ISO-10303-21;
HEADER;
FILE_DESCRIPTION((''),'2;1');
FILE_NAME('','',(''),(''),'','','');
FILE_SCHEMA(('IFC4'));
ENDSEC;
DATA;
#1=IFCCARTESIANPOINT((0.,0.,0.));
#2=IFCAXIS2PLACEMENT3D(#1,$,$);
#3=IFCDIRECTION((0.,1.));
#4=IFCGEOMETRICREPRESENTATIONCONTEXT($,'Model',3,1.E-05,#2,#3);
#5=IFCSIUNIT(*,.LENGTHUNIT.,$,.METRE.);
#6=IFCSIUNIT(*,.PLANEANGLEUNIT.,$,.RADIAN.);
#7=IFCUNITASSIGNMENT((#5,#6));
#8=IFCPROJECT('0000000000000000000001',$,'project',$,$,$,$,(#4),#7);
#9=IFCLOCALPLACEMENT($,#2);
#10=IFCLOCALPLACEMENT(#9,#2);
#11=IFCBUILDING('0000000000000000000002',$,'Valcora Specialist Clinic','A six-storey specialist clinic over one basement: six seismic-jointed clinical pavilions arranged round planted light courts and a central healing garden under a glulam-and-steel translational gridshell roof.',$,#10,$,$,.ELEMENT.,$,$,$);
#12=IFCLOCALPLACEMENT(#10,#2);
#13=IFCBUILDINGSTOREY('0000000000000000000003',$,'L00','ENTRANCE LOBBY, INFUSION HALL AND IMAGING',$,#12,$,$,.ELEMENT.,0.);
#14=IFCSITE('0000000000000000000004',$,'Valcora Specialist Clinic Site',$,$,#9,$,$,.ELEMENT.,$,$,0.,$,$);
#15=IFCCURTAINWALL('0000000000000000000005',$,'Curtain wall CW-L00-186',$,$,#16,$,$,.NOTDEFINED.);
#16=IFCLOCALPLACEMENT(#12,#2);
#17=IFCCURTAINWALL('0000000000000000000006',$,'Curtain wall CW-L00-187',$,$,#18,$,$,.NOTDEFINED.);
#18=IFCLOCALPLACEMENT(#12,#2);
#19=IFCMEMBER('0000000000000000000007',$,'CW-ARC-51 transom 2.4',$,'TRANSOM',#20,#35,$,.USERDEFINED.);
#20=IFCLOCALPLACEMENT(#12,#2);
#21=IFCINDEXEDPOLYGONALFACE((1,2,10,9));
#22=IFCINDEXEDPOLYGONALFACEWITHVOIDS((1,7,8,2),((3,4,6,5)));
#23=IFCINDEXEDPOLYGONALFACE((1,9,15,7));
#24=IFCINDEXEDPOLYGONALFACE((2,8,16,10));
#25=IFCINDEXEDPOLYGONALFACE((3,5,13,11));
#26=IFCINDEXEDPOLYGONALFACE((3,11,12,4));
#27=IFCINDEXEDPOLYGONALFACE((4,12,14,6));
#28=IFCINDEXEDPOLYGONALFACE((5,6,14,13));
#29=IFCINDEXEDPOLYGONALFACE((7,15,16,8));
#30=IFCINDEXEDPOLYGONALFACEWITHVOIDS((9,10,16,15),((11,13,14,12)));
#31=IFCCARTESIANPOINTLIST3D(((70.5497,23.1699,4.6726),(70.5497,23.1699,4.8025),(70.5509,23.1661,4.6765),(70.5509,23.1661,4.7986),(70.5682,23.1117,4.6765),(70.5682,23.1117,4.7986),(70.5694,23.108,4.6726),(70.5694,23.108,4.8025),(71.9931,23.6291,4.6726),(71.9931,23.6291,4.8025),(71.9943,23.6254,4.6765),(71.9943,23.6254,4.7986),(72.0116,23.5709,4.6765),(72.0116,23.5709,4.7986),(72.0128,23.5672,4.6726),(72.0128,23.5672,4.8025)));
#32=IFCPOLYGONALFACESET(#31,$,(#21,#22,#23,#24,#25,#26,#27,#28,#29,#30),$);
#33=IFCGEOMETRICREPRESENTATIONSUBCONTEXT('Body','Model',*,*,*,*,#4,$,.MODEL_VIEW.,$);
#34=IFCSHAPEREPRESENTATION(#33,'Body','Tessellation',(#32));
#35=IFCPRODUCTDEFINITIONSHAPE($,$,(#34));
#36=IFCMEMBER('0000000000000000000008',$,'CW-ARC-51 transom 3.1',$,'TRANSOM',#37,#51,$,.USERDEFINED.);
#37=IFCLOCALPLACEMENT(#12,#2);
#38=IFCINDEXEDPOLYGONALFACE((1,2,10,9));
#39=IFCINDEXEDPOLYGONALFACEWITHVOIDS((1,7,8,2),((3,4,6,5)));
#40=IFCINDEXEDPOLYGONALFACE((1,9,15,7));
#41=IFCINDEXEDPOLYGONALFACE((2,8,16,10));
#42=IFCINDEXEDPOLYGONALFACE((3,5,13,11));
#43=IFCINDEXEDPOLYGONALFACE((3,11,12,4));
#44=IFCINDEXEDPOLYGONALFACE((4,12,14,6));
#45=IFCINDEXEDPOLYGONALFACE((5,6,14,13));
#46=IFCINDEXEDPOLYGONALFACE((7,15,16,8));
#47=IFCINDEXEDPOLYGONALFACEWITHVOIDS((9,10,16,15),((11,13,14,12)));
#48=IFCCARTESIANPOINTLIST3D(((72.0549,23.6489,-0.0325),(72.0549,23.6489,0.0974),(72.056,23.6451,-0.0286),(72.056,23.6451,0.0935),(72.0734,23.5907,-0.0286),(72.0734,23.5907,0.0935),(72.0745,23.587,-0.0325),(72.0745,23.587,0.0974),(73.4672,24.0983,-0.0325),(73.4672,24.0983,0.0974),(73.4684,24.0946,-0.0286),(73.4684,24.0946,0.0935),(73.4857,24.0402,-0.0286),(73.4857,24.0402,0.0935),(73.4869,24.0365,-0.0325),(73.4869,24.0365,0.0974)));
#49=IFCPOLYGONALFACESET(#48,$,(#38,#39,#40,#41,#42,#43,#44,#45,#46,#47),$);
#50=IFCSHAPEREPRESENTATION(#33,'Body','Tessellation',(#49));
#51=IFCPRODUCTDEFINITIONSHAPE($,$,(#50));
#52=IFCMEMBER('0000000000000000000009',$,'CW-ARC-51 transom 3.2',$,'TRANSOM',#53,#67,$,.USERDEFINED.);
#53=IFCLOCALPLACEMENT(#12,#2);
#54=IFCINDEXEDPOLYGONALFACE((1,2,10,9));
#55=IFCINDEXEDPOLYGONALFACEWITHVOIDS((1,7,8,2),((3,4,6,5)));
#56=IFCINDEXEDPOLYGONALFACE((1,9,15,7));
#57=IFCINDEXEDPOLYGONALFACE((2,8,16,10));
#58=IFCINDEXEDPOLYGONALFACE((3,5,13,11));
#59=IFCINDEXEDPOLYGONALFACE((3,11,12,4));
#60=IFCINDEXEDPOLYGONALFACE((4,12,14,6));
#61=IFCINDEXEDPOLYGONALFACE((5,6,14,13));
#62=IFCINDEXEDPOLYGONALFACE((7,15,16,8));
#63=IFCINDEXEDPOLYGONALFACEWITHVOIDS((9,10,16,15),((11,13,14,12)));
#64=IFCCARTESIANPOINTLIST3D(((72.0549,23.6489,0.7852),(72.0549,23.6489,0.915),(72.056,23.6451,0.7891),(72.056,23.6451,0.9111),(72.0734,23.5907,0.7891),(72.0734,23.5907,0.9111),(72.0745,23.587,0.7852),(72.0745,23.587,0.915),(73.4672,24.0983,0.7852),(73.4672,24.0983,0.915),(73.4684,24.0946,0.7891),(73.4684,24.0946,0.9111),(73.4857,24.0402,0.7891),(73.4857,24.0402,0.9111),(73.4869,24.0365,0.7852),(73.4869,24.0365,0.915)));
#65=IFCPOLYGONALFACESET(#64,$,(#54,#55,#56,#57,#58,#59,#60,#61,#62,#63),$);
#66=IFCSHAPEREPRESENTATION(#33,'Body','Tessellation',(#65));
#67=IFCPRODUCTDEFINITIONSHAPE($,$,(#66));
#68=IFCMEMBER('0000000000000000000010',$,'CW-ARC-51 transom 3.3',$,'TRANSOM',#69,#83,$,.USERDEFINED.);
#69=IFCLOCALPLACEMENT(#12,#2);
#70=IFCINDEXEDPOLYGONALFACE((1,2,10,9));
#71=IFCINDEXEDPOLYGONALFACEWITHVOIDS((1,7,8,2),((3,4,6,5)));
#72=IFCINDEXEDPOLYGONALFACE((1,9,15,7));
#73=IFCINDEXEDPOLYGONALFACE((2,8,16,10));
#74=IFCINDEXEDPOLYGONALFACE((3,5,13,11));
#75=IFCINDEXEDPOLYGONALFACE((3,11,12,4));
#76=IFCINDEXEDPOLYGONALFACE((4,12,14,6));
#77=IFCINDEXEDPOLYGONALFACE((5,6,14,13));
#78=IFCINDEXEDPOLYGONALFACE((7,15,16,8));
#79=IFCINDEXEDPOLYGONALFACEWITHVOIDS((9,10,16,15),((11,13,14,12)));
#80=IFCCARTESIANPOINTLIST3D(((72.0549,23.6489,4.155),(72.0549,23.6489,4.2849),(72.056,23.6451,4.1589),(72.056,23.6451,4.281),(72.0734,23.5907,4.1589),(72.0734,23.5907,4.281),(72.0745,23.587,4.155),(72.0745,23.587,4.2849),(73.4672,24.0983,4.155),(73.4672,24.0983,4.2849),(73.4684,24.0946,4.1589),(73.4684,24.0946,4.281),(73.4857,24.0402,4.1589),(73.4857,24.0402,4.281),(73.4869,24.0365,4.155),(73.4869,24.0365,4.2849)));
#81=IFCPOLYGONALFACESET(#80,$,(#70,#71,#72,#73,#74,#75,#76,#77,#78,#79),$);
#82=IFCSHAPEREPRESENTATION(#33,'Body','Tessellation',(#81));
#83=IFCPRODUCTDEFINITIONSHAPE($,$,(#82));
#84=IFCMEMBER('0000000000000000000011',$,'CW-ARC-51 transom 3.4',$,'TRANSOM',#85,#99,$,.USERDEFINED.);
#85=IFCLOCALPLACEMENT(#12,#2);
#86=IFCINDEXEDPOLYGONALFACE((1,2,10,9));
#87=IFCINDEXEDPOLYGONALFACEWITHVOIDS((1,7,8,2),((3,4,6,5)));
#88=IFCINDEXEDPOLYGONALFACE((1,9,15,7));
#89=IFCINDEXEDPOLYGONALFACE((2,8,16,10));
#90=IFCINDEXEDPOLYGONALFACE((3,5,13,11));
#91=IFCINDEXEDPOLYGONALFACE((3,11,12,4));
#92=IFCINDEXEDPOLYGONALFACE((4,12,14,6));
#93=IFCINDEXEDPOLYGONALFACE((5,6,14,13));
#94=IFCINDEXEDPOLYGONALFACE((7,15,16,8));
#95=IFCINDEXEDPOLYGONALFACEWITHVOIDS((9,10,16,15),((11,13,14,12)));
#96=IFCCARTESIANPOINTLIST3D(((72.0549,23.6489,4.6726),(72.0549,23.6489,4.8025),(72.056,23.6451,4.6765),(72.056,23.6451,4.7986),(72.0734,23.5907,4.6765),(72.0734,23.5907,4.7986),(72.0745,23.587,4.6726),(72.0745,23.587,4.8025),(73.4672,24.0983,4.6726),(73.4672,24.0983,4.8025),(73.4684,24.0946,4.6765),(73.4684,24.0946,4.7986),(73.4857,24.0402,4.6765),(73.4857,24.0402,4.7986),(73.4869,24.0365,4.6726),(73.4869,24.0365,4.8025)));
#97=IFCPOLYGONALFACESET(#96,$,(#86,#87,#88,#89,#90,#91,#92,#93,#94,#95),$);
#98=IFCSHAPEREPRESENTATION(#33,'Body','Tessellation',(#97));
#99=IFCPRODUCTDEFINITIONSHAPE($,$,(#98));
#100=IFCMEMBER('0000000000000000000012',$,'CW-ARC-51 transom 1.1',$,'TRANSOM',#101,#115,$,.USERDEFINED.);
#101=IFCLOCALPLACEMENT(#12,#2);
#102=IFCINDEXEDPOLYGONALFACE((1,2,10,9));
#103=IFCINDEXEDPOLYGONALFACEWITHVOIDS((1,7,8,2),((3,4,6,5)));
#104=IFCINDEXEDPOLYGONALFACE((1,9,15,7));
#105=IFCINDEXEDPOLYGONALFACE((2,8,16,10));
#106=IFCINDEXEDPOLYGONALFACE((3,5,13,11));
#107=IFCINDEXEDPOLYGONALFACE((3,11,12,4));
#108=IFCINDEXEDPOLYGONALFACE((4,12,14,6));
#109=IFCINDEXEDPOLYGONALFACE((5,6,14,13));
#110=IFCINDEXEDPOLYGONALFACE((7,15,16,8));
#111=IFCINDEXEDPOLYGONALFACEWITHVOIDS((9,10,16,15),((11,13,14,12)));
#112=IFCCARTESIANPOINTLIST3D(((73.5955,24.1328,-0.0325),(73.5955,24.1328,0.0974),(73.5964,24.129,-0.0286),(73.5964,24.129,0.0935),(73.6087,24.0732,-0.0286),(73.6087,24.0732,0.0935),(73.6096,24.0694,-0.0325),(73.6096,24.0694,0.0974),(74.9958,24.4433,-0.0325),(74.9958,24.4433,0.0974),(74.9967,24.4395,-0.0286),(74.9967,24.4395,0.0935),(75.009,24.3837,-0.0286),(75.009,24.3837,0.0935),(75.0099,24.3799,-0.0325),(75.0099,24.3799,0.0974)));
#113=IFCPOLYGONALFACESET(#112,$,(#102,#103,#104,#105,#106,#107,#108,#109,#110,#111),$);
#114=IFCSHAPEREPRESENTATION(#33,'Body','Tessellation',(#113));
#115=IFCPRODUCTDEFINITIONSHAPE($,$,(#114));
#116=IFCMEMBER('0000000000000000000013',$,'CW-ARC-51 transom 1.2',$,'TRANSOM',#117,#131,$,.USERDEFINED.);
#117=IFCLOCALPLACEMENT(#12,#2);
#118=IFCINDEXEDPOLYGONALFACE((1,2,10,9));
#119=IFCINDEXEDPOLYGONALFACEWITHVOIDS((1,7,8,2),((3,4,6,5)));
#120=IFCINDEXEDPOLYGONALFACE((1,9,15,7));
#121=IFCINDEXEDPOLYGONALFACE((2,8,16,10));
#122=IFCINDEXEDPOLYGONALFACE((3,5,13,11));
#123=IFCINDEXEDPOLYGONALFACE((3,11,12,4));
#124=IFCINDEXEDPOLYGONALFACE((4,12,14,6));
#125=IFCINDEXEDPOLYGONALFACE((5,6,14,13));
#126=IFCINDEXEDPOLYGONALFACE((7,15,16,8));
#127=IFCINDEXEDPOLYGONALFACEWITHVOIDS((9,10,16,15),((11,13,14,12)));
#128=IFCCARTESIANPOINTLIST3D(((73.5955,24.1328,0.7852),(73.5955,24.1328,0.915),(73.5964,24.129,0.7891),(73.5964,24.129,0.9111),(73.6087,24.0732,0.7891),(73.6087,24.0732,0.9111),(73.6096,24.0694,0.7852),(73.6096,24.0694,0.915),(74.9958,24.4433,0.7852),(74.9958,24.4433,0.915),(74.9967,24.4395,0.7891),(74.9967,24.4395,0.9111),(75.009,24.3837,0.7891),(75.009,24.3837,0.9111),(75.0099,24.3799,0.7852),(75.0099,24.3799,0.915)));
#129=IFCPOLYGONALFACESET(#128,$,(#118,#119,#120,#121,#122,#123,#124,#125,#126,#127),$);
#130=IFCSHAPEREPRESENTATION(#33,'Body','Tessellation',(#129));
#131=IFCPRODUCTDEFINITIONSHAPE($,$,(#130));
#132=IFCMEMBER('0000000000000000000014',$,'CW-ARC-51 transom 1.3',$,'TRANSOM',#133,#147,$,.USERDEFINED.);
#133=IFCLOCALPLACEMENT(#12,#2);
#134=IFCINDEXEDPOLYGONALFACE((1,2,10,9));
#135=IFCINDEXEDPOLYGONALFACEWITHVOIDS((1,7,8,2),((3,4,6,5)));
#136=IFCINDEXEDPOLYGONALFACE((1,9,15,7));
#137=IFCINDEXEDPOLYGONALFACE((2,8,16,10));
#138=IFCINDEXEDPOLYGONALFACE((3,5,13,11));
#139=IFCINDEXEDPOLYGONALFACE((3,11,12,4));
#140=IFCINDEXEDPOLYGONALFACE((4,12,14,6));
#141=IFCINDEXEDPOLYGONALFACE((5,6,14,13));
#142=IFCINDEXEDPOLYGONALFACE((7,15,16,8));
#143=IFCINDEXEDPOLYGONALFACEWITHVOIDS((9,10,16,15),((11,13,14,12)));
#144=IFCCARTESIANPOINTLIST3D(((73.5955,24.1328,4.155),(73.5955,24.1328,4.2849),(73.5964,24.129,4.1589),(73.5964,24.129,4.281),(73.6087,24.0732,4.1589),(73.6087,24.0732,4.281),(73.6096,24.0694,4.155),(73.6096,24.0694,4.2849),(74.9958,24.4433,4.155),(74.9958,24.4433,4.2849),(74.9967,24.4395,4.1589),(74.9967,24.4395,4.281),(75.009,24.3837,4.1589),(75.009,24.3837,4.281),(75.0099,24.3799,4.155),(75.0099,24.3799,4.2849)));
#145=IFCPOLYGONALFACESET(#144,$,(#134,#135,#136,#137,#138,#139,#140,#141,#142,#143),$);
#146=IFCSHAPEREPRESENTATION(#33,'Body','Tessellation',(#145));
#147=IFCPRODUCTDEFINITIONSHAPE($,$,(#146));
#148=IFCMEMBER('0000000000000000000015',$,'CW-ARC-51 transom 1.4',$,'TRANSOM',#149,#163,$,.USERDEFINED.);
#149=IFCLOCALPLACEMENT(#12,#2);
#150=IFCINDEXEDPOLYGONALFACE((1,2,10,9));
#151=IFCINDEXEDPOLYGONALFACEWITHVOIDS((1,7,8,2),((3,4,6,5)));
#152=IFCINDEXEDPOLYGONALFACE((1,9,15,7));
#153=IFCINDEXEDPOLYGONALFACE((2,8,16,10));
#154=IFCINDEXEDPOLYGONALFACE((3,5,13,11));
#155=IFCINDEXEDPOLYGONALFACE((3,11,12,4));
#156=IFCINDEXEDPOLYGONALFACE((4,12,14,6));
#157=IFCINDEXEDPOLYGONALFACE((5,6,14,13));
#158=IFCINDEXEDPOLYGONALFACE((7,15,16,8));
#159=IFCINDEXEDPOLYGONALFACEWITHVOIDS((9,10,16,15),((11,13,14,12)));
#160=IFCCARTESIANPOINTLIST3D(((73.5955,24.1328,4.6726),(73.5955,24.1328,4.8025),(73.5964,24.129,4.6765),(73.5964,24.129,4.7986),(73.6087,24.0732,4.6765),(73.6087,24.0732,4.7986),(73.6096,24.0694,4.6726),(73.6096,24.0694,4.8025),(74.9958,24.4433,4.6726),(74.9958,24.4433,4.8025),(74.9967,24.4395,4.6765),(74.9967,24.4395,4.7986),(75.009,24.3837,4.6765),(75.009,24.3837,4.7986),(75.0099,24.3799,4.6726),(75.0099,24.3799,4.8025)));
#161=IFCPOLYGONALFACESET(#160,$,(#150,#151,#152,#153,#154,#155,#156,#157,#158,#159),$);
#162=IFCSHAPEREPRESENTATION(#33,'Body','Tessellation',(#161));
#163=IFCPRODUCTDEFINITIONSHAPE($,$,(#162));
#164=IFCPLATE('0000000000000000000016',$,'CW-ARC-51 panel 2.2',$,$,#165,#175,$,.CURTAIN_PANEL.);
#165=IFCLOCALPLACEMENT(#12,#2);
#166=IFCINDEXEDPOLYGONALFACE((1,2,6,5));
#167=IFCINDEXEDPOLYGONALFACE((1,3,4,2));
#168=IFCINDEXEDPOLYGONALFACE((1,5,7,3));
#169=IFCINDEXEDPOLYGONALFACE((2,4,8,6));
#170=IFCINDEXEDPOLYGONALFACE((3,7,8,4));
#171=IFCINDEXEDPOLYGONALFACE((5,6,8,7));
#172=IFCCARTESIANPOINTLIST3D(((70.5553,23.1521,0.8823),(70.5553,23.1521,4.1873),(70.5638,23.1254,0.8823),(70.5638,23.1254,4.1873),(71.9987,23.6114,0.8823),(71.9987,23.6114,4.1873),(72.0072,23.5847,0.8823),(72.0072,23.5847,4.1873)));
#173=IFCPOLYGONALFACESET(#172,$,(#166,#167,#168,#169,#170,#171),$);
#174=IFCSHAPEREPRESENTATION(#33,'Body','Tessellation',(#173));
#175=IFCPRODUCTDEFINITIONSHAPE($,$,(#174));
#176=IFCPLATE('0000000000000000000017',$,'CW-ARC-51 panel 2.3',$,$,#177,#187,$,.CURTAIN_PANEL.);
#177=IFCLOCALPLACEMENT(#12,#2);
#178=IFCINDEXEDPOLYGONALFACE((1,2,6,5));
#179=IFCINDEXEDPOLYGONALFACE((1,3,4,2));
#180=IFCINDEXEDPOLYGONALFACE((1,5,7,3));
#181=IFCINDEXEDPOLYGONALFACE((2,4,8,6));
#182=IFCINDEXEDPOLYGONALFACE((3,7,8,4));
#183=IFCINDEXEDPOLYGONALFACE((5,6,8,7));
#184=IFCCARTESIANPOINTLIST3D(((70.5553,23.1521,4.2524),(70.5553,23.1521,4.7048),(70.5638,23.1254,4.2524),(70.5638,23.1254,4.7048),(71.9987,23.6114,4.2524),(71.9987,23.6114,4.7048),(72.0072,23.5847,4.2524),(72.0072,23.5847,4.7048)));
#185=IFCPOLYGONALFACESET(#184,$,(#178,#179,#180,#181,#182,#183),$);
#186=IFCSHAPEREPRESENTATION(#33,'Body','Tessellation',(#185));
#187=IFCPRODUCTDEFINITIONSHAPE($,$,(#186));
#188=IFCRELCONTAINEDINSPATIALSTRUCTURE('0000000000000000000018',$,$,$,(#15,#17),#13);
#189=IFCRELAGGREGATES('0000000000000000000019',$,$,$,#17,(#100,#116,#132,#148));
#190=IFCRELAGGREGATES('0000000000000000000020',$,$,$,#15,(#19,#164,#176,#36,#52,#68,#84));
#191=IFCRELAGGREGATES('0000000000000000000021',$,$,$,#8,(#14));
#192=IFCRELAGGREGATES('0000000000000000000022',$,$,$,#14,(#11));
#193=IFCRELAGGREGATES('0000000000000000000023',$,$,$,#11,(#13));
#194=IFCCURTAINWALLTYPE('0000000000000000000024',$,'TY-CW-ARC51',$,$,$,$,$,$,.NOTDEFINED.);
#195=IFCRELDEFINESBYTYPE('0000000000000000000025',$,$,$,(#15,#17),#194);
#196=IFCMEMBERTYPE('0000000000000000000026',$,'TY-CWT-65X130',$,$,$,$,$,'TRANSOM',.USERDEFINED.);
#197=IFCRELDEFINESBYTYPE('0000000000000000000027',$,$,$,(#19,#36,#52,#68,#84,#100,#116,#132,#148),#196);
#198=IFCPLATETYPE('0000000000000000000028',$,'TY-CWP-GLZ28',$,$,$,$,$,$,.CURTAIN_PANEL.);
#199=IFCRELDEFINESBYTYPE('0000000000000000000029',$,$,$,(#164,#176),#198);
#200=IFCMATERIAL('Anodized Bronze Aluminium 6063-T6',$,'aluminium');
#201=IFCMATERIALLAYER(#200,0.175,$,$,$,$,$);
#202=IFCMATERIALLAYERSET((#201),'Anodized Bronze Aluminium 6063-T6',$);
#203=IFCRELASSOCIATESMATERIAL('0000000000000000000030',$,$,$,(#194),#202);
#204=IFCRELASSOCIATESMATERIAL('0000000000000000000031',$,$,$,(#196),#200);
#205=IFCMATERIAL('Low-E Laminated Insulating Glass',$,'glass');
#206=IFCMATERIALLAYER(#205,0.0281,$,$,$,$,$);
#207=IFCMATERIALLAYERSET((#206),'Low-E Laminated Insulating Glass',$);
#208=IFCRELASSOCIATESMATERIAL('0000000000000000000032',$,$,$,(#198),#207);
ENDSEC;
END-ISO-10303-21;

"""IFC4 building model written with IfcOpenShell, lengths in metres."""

from ifc_helpers import new_model, si_unit, direction, frame, origin, origin_2d, place, context, subcontext, project, spatial, rectangle, hollow_rectangle, extrude, material, layer, layer_set, material_profile, profile_set, type_object, element, aggregate, save


model = new_model("IFC4")

# Units and contexts
model_context = context("Model", 3, precision=1e-05, world=origin(), true_north=direction((0.0, 1.0)))
body_context = subcontext(model_context, "Body", "Model", "MODEL_VIEW")
ifc_project = project(units=[si_unit("LENGTHUNIT", "METRE"), si_unit("PLANEANGLEUNIT", "RADIAN")], contexts=[model_context])

# Site, building, storey
site_placement = place(None, origin())
site = spatial("IfcSite", under=ifc_project, at=site_placement, Name="Valcora Specialist Clinic Site", CompositionType="ELEMENT", RefElevation=0.0)
building_placement = place(site_placement, origin())
building = spatial("IfcBuilding", under=site, at=building_placement, Name="Valcora Specialist Clinic", Description="A six-storey specialist clinic over one basement: six seismic-jointed clinical pavilions arranged round planted light courts and a central healing garden under a glulam-and-steel translational gridshell roof.", CompositionType="ELEMENT")
storey_placement = place(building_placement, origin())
storey = spatial("IfcBuildingStorey", under=building, at=storey_placement, Name="L00", Description="ENTRANCE LOBBY, INFUSION HALL AND IMAGING", CompositionType="ELEMENT", Elevation=0.0)

# Curtain wall
ifc_material_1 = material(Name="Anodized Bronze Aluminium 6063-T6", Category="aluminium")
ifc_layer_1 = layer(ifc_material_1, 0.175)
ifc_layer_set_1 = layer_set([ifc_layer_1], Name="Anodized Bronze Aluminium 6063-T6")
curtain_wall_type = type_object("IfcCurtainWallType", Name="TY-CW-ARC51", PredefinedType="NOTDEFINED", material=ifc_layer_set_1)
curtain_wall_1_placement = place(storey_placement, origin())
curtain_wall_1 = element("IfcCurtainWall", 1, at=curtain_wall_1_placement, inside=storey, type_object=curtain_wall_type, Name="Curtain wall CW-L00-186", PredefinedType="NOTDEFINED")

# Curtain wall
curtain_wall_2_placement = place(storey_placement, origin())
curtain_wall_2 = element("IfcCurtainWall", 2, at=curtain_wall_2_placement, inside=storey, type_object=curtain_wall_type, Name="Curtain wall CW-L00-187", PredefinedType="NOTDEFINED")

# Members
ifc_material_profile_1 = material_profile(ifc_material_1, hollow_rectangle(XDim=0.0649, YDim=0.1299, WallThickness=0.0039, at=origin_2d()), Name="AL-TRN-65X130")
ifc_profile_set_1 = profile_set([ifc_material_profile_1], Name="Anodized Bronze Aluminium 6063-T6")
member_type_1 = type_object("IfcMemberType", Name="TY-CWT-65X130", ElementType="TRANSOM", PredefinedType="USERDEFINED", material=ifc_profile_set_1)
member_1_placement = place(storey_placement, frame((70.5596, 23.1389, 4.7375), z_axis=(0.95293, 0.30319, 0.0), x_axis=(-0.30319, 0.95293, 0.0)))
member_1 = element("IfcMember", 3, at=member_1_placement, type_object=member_type_1, Name="CW-ARC-51 transom 2.4", ObjectType="TRANSOM", PredefinedType="USERDEFINED", context=body_context, shape_type="SweptSolid", body=[
    extrude(hollow_rectangle(XDim=0.0649, YDim=0.1299, WallThickness=0.0039, at=origin_2d()), origin(), (0.0, 0.0, 1.0), 1.5146),
])
member_2_placement = place(storey_placement, frame((72.0647, 23.6179, 0.0325), z_axis=(0.952911, 0.303251, 0.0), x_axis=(-0.303251, 0.952911, 0.0)))
member_2 = element("IfcMember", 4, at=member_2_placement, type_object=member_type_1, Name="CW-ARC-51 transom 3.1", ObjectType="TRANSOM", PredefinedType="USERDEFINED", context=body_context, shape_type="SweptSolid", body=[
    extrude(hollow_rectangle(XDim=0.0649, YDim=0.1299, WallThickness=0.0039, at=origin_2d()), origin(), (0.0, 0.0, 1.0), 1.4822),
])
member_3_placement = place(storey_placement, frame((72.0647, 23.6179, 0.8501), z_axis=(0.952911, 0.303251, 0.0), x_axis=(-0.303251, 0.952911, 0.0)))
member_3 = element("IfcMember", 5, at=member_3_placement, type_object=member_type_1, Name="CW-ARC-51 transom 3.2", ObjectType="TRANSOM", PredefinedType="USERDEFINED", context=body_context, shape_type="SweptSolid", body=[
    extrude(hollow_rectangle(XDim=0.0649, YDim=0.1299, WallThickness=0.0039, at=origin_2d()), origin(), (0.0, 0.0, 1.0), 1.4822),
])
member_4_placement = place(storey_placement, frame((72.0647, 23.6179, 4.22), z_axis=(0.952911, 0.303251, 0.0), x_axis=(-0.303251, 0.952911, 0.0)))
member_4 = element("IfcMember", 6, at=member_4_placement, type_object=member_type_1, Name="CW-ARC-51 transom 3.3", ObjectType="TRANSOM", PredefinedType="USERDEFINED", context=body_context, shape_type="SweptSolid", body=[
    extrude(hollow_rectangle(XDim=0.0649, YDim=0.1299, WallThickness=0.0039, at=origin_2d()), origin(), (0.0, 0.0, 1.0), 1.4822),
])
member_5_placement = place(storey_placement, frame((72.0647, 23.6179, 4.7375), z_axis=(0.952911, 0.303251, 0.0), x_axis=(-0.303251, 0.952911, 0.0)))
member_5 = element("IfcMember", 7, at=member_5_placement, type_object=member_type_1, Name="CW-ARC-51 transom 3.4", ObjectType="TRANSOM", PredefinedType="USERDEFINED", context=body_context, shape_type="SweptSolid", body=[
    extrude(hollow_rectangle(XDim=0.0649, YDim=0.1299, WallThickness=0.0039, at=origin_2d()), origin(), (0.0, 0.0, 1.0), 1.4822),
])
member_6_placement = place(storey_placement, frame((73.6025, 24.1011, 0.0325), z_axis=(0.976283, 0.216498, 0.0), x_axis=(-0.216498, 0.976283, 0.0)))
member_6 = element("IfcMember", 8, at=member_6_placement, type_object=member_type_1, Name="CW-ARC-51 transom 1.1", ObjectType="TRANSOM", PredefinedType="USERDEFINED", context=body_context, shape_type="SweptSolid", body=[
    extrude(hollow_rectangle(XDim=0.0649, YDim=0.1299, WallThickness=0.0039, at=origin_2d()), origin(), (0.0, 0.0, 1.0), 1.4343),
])
member_7_placement = place(storey_placement, frame((73.6025, 24.1011, 0.8501), z_axis=(0.976283, 0.216498, 0.0), x_axis=(-0.216498, 0.976283, 0.0)))
member_7 = element("IfcMember", 9, at=member_7_placement, type_object=member_type_1, Name="CW-ARC-51 transom 1.2", ObjectType="TRANSOM", PredefinedType="USERDEFINED", context=body_context, shape_type="SweptSolid", body=[
    extrude(hollow_rectangle(XDim=0.0649, YDim=0.1299, WallThickness=0.0039, at=origin_2d()), origin(), (0.0, 0.0, 1.0), 1.4343),
])
member_8_placement = place(storey_placement, frame((73.6025, 24.1011, 4.22), z_axis=(0.976283, 0.216498, 0.0), x_axis=(-0.216498, 0.976283, 0.0)))
member_8 = element("IfcMember", 10, at=member_8_placement, type_object=member_type_1, Name="CW-ARC-51 transom 1.3", ObjectType="TRANSOM", PredefinedType="USERDEFINED", context=body_context, shape_type="SweptSolid", body=[
    extrude(hollow_rectangle(XDim=0.0649, YDim=0.1299, WallThickness=0.0039, at=origin_2d()), origin(), (0.0, 0.0, 1.0), 1.4343),
])
member_9_placement = place(storey_placement, frame((73.6025, 24.1011, 4.7375), z_axis=(0.976283, 0.216498, 0.0), x_axis=(-0.216498, 0.976283, 0.0)))
member_9 = element("IfcMember", 11, at=member_9_placement, type_object=member_type_1, Name="CW-ARC-51 transom 1.4", ObjectType="TRANSOM", PredefinedType="USERDEFINED", context=body_context, shape_type="SweptSolid", body=[
    extrude(hollow_rectangle(XDim=0.0649, YDim=0.1299, WallThickness=0.0039, at=origin_2d()), origin(), (0.0, 0.0, 1.0), 1.4343),
])
aggregate(curtain_wall_2, [member_6, member_7, member_8, member_9])

# Plates
ifc_material_2 = material(Name="Low-E Laminated Insulating Glass", Category="glass")
ifc_layer_2 = layer(ifc_material_2, 0.0281)
ifc_layer_set_2 = layer_set([ifc_layer_2], Name="Low-E Laminated Insulating Glass")
plate_type_1 = type_object("IfcPlateType", Name="TY-CWP-GLZ28", PredefinedType="CURTAIN_PANEL", material=ifc_layer_set_2)
plate_1_placement = place(storey_placement, frame((71.2812, 23.3684, 0.8823), z_axis=(0.0, 0.0, 1.0), x_axis=(0.952916, 0.303233, 0.0)))
plate_1 = element("IfcPlate", 12, at=plate_1_placement, type_object=plate_type_1, Name="CW-ARC-51 panel 2.2", PredefinedType="CURTAIN_PANEL", context=body_context, shape_type="SweptSolid", body=[
    extrude(rectangle(XDim=1.5146, YDim=0.0281, at=origin_2d()), origin(), (0.0, 0.0, 1.0), 3.3049),
])
plate_2_placement = place(storey_placement, frame((71.2812, 23.3684, 4.2524), z_axis=(0.0, 0.0, 1.0), x_axis=(0.952916, 0.303233, 0.0)))
plate_2 = element("IfcPlate", 13, at=plate_2_placement, type_object=plate_type_1, Name="CW-ARC-51 panel 2.3", PredefinedType="CURTAIN_PANEL", context=body_context, shape_type="SweptSolid", body=[
    extrude(rectangle(XDim=1.5146, YDim=0.0281, at=origin_2d()), origin(), (0.0, 0.0, 1.0), 0.4524),
])
aggregate(curtain_wall_1, [member_1, plate_1, plate_2, member_2, member_3, member_4, member_5])

save(model, "model.ifc")
